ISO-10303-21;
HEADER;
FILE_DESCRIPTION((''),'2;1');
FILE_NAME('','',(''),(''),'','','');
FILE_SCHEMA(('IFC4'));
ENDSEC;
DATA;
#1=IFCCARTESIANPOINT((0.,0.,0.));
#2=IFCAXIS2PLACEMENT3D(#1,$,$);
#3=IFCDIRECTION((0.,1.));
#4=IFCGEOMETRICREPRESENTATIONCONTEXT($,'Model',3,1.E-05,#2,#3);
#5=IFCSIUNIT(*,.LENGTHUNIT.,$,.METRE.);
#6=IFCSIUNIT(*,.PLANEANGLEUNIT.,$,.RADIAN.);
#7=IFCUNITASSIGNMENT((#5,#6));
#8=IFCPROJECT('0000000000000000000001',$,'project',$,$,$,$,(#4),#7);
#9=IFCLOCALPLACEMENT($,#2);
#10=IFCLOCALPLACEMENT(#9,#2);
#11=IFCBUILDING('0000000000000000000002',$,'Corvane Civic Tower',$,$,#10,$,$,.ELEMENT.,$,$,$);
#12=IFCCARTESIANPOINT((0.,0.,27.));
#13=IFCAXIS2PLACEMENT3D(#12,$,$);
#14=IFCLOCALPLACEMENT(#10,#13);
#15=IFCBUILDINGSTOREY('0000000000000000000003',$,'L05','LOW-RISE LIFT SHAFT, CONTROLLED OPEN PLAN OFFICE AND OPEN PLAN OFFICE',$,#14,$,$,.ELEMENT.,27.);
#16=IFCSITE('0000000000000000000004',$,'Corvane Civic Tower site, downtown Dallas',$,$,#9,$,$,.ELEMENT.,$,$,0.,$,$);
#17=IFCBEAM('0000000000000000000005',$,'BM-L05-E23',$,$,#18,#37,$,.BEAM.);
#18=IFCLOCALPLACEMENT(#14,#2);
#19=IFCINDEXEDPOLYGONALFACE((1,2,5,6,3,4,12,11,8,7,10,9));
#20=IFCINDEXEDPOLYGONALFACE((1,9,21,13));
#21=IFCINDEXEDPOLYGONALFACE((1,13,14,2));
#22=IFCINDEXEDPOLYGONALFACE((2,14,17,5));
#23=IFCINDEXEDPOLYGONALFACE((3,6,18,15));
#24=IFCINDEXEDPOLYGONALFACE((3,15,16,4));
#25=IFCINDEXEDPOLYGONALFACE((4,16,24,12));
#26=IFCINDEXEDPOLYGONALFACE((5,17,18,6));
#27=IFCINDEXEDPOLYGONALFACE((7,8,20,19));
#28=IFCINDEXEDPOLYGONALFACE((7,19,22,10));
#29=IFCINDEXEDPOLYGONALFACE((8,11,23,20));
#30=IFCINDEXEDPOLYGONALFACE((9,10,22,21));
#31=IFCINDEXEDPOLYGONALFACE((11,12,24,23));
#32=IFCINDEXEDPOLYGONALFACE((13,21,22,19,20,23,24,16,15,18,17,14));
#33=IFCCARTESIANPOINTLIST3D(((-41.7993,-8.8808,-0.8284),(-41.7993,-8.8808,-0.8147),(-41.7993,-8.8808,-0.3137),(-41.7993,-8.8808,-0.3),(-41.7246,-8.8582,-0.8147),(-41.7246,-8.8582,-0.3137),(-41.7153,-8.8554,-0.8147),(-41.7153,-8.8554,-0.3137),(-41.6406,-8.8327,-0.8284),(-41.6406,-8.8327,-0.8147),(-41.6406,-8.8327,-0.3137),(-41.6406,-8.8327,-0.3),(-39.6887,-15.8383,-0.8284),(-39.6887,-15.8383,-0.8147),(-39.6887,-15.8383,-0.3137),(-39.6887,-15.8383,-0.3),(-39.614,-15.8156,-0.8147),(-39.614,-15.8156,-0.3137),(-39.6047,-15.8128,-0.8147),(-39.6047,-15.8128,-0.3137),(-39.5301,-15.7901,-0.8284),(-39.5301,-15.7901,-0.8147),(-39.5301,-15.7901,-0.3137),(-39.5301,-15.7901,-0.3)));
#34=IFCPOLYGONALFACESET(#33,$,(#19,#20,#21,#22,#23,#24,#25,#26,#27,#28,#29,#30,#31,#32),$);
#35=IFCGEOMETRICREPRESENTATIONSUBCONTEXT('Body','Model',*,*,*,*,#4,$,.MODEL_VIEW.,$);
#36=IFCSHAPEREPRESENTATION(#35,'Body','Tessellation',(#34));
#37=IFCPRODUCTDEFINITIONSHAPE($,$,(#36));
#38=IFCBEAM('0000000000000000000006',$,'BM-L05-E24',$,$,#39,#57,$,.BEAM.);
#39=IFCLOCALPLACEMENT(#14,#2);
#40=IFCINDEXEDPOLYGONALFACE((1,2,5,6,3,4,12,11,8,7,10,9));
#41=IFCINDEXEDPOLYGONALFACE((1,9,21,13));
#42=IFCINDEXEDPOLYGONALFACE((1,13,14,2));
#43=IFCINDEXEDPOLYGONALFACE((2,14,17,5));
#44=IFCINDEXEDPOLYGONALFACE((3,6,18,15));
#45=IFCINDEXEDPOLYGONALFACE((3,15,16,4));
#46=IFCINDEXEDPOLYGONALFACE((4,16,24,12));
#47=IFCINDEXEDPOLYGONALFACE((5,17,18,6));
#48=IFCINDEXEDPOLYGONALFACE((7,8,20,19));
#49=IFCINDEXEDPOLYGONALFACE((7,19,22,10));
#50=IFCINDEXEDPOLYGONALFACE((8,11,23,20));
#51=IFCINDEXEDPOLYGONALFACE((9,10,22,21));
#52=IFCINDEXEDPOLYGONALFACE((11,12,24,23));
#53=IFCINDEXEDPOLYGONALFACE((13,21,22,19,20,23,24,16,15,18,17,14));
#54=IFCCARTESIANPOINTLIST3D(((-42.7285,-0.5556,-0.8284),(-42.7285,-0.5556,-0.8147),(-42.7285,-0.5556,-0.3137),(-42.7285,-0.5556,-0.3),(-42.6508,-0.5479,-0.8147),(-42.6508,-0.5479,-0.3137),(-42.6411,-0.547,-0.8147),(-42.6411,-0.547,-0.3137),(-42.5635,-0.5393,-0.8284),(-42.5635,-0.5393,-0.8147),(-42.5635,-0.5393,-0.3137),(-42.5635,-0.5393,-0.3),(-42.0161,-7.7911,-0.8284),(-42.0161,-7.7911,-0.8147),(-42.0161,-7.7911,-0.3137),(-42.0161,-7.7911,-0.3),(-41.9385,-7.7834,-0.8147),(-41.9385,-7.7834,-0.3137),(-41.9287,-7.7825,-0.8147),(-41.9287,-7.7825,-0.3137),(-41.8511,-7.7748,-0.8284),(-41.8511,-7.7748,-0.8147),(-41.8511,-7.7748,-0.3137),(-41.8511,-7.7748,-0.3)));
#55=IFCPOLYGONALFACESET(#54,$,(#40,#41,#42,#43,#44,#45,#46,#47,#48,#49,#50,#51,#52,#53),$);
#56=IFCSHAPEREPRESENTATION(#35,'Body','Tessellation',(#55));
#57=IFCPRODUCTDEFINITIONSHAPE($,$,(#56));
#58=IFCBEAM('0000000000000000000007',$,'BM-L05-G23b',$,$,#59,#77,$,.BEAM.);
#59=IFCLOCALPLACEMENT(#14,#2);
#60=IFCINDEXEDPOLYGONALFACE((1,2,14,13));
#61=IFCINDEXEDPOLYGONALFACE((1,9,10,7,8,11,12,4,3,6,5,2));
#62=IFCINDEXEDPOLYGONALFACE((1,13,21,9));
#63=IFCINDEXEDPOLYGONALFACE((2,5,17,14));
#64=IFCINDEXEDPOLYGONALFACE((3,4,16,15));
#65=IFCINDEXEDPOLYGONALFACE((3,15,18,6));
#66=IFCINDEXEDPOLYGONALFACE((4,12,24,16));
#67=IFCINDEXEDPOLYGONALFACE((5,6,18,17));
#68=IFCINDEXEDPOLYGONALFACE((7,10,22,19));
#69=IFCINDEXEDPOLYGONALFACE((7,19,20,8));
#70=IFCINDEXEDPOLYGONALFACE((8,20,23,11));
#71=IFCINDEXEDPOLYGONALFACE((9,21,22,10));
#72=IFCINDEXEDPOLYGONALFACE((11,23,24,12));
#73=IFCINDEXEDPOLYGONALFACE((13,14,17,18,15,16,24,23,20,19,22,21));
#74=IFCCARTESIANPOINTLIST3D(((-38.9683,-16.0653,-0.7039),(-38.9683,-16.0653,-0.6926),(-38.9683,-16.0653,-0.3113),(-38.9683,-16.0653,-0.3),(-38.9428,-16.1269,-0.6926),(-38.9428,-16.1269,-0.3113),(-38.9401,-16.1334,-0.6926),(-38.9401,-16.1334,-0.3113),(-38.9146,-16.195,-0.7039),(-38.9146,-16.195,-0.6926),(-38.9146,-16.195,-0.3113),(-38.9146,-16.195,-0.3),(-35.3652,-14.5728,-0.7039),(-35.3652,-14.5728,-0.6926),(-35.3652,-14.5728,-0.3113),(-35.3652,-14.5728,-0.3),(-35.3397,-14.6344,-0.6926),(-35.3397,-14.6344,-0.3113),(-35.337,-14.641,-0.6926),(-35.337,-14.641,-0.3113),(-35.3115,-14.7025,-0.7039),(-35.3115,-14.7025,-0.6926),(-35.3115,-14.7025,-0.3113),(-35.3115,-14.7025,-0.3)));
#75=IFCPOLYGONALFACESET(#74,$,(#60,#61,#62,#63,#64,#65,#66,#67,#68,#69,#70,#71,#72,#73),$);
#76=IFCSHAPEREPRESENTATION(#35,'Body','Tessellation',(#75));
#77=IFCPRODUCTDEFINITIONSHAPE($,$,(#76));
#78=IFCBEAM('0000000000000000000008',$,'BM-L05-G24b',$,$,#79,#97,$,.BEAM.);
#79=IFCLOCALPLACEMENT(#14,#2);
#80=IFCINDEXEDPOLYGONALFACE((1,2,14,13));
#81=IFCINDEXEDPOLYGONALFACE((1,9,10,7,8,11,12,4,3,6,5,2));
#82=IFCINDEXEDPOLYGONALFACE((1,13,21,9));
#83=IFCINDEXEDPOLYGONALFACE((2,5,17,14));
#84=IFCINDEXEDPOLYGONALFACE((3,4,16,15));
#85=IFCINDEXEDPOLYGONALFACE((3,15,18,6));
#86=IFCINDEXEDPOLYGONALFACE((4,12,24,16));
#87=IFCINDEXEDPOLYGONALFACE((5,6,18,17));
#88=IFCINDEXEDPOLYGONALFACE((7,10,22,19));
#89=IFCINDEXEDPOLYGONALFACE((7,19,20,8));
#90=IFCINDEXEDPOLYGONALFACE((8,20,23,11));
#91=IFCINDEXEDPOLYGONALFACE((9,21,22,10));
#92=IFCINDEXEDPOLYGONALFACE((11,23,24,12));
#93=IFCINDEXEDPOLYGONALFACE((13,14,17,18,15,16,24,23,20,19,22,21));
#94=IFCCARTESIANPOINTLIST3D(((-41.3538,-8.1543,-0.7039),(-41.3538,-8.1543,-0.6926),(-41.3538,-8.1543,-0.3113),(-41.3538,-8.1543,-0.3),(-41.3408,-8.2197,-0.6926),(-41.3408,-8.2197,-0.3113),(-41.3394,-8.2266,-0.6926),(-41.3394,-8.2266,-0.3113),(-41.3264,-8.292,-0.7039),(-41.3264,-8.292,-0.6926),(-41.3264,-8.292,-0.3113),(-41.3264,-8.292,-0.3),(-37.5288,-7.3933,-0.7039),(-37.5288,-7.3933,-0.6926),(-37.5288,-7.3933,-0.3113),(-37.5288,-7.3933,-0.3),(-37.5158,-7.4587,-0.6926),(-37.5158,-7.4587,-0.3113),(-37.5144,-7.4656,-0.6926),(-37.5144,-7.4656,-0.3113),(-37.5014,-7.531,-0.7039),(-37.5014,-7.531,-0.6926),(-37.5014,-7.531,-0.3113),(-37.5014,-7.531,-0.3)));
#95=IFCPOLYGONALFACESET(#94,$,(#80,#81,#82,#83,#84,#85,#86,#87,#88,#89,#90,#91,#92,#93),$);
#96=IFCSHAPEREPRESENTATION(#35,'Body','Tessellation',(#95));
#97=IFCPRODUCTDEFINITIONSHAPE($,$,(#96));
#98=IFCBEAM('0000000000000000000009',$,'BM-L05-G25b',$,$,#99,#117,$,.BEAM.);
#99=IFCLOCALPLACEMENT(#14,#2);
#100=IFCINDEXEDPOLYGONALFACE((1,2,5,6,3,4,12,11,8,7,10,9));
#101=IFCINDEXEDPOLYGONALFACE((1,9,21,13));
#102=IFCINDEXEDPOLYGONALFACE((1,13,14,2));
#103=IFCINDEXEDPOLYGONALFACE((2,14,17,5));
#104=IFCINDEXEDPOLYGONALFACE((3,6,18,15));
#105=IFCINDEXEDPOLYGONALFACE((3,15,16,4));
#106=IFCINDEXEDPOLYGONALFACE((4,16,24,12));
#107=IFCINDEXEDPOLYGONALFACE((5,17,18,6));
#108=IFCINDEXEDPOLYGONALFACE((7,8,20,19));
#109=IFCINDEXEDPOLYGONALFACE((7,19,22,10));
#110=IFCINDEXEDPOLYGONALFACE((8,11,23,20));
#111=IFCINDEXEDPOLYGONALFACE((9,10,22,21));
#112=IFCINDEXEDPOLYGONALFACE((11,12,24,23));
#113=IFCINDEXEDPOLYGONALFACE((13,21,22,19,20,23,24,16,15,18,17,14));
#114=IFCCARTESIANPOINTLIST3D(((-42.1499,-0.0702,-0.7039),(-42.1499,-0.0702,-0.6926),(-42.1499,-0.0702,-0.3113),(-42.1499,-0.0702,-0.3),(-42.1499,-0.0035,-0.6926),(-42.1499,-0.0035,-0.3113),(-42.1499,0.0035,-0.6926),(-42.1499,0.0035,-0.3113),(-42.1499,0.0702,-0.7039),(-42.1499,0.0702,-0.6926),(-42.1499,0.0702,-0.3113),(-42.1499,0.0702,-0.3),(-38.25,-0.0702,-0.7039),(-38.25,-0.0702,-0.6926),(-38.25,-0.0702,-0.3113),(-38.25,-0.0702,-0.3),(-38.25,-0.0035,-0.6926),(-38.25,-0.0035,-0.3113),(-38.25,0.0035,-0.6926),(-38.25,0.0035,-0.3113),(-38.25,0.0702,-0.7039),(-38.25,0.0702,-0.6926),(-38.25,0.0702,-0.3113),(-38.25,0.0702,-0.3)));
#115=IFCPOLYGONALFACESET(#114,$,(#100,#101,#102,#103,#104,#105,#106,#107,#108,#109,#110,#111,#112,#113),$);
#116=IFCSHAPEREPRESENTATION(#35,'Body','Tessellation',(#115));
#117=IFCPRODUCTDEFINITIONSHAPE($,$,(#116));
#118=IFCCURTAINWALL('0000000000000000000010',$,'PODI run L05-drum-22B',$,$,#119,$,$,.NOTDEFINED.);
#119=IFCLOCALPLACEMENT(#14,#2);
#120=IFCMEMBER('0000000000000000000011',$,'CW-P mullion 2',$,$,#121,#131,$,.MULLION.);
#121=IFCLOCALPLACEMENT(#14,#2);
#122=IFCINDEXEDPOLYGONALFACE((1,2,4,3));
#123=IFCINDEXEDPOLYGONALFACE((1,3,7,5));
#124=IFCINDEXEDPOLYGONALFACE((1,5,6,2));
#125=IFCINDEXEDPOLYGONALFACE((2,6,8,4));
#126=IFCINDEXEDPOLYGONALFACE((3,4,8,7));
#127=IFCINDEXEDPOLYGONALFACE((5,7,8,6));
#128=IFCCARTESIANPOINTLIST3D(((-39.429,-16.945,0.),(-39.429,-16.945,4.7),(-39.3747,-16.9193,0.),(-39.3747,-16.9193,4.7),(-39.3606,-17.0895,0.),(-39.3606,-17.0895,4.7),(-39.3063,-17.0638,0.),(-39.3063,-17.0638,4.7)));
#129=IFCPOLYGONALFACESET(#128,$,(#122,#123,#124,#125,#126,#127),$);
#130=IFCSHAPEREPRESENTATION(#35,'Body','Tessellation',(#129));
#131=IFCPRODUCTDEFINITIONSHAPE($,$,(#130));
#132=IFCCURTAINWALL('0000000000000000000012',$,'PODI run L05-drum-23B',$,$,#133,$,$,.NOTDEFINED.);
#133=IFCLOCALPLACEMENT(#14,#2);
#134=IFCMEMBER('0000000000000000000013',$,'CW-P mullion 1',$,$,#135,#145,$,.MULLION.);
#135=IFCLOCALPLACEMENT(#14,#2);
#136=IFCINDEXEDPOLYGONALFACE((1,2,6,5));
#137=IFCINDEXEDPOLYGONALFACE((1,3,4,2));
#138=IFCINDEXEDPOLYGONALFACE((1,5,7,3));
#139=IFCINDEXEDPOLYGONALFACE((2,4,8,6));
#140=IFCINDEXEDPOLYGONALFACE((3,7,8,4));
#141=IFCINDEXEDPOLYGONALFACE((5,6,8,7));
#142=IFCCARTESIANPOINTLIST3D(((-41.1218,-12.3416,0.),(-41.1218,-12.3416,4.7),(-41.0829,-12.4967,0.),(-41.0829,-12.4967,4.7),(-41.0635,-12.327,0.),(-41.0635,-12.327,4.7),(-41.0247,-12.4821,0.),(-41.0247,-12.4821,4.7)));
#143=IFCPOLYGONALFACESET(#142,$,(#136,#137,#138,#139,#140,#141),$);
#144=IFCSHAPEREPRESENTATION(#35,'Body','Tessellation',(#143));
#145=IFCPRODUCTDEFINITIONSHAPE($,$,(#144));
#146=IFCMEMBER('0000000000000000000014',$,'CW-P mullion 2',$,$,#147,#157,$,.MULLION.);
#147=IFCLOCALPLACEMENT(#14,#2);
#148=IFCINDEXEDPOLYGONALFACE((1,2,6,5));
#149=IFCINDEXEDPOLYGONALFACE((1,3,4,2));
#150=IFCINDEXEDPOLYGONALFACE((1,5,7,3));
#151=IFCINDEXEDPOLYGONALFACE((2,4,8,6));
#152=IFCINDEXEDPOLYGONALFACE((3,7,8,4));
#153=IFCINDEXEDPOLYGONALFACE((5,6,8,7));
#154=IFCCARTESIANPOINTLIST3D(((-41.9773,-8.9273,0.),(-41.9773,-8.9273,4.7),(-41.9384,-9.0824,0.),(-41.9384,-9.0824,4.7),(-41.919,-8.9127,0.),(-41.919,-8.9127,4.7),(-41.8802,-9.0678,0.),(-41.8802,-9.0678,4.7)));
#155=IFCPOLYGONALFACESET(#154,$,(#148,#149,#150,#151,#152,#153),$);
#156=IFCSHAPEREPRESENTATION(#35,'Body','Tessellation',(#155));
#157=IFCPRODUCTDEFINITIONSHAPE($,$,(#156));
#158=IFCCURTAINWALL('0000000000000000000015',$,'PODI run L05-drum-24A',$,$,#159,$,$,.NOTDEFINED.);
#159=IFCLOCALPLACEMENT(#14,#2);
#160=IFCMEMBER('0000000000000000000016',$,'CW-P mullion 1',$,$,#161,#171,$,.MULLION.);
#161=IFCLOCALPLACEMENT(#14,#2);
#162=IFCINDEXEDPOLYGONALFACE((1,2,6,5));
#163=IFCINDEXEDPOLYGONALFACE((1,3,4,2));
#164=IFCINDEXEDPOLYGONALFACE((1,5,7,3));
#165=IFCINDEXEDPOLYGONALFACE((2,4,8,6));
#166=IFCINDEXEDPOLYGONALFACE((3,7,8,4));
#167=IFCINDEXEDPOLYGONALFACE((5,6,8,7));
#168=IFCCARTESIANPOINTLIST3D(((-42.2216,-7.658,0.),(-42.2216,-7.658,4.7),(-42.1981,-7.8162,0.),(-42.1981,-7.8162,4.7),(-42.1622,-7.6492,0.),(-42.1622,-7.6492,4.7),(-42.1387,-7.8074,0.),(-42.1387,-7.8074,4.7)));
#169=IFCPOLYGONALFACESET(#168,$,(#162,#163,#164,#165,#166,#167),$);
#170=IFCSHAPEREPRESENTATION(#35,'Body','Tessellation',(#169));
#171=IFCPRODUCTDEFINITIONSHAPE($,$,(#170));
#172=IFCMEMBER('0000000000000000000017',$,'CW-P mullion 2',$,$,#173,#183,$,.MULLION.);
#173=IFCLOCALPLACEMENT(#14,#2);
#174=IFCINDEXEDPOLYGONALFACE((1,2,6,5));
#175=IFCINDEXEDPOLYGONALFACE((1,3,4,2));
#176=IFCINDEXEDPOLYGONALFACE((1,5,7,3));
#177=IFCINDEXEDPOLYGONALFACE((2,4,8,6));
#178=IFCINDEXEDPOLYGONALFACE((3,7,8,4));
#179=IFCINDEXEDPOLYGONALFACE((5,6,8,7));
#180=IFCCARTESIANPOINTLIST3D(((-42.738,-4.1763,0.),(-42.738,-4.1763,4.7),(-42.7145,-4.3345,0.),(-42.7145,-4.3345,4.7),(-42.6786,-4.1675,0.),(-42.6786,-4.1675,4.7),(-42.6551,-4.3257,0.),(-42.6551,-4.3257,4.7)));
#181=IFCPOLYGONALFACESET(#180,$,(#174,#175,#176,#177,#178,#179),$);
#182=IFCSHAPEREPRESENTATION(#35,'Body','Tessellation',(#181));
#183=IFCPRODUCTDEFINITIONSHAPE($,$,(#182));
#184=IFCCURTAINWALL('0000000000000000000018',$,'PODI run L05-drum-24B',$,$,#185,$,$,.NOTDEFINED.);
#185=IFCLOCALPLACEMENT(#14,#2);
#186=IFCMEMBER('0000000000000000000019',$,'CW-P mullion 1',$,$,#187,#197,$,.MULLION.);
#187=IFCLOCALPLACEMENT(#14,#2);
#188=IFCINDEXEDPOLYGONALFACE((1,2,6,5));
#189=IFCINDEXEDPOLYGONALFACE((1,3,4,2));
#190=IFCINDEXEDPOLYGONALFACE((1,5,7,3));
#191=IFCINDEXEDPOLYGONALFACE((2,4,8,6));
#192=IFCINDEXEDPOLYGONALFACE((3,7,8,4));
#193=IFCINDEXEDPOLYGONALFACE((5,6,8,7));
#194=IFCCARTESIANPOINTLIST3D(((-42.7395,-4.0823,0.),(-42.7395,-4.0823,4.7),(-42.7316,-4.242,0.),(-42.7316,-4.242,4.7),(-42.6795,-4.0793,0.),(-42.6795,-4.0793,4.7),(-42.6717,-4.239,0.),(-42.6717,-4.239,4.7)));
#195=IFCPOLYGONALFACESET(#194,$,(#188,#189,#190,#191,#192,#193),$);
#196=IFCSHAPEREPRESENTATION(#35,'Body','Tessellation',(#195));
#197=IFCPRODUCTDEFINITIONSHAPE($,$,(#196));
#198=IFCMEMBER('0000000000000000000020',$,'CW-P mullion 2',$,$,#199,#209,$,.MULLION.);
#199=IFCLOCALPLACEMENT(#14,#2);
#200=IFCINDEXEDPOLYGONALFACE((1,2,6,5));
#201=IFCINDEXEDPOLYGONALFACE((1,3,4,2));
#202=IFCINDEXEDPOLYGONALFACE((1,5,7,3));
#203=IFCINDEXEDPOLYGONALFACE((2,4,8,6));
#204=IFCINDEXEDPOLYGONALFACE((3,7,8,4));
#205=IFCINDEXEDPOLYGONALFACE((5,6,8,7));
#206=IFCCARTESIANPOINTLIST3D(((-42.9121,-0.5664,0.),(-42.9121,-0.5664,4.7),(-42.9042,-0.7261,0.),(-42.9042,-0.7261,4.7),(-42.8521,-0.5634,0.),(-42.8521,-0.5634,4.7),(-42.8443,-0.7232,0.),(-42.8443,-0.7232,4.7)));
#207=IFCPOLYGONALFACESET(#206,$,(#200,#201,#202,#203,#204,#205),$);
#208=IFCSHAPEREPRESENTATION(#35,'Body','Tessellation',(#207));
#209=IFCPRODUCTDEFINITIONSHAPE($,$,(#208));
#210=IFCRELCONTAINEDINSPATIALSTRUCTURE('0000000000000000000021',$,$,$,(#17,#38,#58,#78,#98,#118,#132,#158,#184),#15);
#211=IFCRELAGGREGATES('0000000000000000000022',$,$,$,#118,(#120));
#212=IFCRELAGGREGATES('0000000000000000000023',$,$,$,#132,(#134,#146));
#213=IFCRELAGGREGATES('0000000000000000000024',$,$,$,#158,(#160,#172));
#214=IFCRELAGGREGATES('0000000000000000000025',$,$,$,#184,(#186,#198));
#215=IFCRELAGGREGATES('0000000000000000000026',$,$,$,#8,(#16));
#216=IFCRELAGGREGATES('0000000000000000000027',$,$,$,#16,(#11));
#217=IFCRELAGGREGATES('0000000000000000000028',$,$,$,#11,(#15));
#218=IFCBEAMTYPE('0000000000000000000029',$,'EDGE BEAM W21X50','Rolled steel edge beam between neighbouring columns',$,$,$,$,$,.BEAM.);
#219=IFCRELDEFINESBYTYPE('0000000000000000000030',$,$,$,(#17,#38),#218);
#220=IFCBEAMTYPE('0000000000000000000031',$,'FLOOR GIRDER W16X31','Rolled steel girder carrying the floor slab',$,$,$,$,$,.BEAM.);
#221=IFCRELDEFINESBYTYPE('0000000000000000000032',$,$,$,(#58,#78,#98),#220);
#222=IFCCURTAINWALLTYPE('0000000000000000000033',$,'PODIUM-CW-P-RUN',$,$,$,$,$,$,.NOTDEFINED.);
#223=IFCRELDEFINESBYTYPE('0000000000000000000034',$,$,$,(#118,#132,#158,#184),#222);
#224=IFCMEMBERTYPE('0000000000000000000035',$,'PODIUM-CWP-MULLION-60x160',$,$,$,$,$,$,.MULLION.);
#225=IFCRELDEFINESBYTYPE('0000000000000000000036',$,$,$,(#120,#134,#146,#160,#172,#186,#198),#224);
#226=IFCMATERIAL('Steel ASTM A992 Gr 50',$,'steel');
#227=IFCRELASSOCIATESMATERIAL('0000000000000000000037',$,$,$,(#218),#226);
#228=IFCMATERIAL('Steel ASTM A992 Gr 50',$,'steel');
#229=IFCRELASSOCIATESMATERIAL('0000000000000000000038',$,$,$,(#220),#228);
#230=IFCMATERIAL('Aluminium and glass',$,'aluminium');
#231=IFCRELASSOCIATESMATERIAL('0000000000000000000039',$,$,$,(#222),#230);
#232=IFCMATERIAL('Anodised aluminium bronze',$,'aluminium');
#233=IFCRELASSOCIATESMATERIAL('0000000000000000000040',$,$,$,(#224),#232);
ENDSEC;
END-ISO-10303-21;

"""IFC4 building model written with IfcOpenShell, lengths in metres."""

from ifc_helpers import new_model, si_unit, direction, frame, origin, origin_2d, place, context, subcontext, project, spatial, rectangle, i_section, extrude, material, material_profile, profile_set, type_object, element, aggregate, save


model = new_model("IFC4")

# Units and contexts
model_context = context("Model", 3, precision=1e-05, world=origin(), true_north=direction((0.0, 1.0)))
body_context = subcontext(model_context, "Body", "Model", "MODEL_VIEW")
ifc_project = project(units=[si_unit("LENGTHUNIT", "METRE"), si_unit("PLANEANGLEUNIT", "RADIAN")], contexts=[model_context])

# Site, building, storey
site_placement = place(None, origin())
site = spatial("IfcSite", under=ifc_project, at=site_placement, Name="Corvane Civic Tower site, downtown Dallas", CompositionType="ELEMENT", RefElevation=0.0)
building_placement = place(site_placement, origin())
building = spatial("IfcBuilding", under=site, at=building_placement, Name="Corvane Civic Tower", CompositionType="ELEMENT")
storey_placement = place(building_placement, frame((0.0, 0.0, 27.0)))
storey = spatial("IfcBuildingStorey", under=building, at=storey_placement, Name="L05", Description="LOW-RISE LIFT SHAFT, CONTROLLED OPEN PLAN OFFICE AND OPEN PLAN OFFICE", CompositionType="ELEMENT", Elevation=27.0)

# Beams
ifc_material_1 = material(Name="Steel ASTM A992 Gr 50", Category="steel")
ifc_material_profile_1 = material_profile(ifc_material_1, i_section(OverallWidth=0.1658, OverallDepth=0.5283, WebThickness=0.0098, FlangeThickness=0.0137, at=origin_2d()), Name="W21X50")
ifc_profile_set_1 = profile_set([ifc_material_profile_1], Name="Steel ASTM A992 Gr 50")
beam_type_1 = type_object("IfcBeamType", Name="EDGE BEAM W21X50", Description="Rolled steel edge beam between neighbouring columns", PredefinedType="BEAM", material=ifc_profile_set_1)
for number, where, z_axis, x_axis, name in (
    (1, (-39.6094, -15.8142, -0.5642), (-0.290292, 0.956938, 0.0), (-0.956938, -0.290292, 0.0), "BM-L05-E23"),
    (2, (-41.9336, -7.783, -0.5642), (-0.097984, 0.995188, 0.0), (-0.995188, -0.097984, 0.0), "BM-L05-E24"),
):
    element("IfcBeam", number, at=place(storey_placement, frame(where, z_axis=z_axis, x_axis=x_axis)), inside=storey, type_object=beam_type_1, Name=name, PredefinedType="BEAM", context=body_context, shape_type="SweptSolid", body=[
        extrude(i_section(OverallWidth=0.1658, OverallDepth=0.5283, WebThickness=0.0098, FlangeThickness=0.0137, at=origin_2d()), origin(), (0.0, 0.0, 1.0), 7.2705),
    ])
ifc_material_2 = material(Name="Steel ASTM A992 Gr 50", Category="steel")
ifc_material_profile_2 = material_profile(ifc_material_2, i_section(OverallWidth=0.1404, OverallDepth=0.4038, WebThickness=0.0071, FlangeThickness=0.0112, at=origin_2d()), Name="W16X31")
ifc_profile_set_2 = profile_set([ifc_material_profile_2], Name="Steel ASTM A992 Gr 50")
beam_type_2 = type_object("IfcBeamType", Name="FLOOR GIRDER W16X31", Description="Rolled steel girder carrying the floor slab", PredefinedType="BEAM", material=ifc_profile_set_2)
for number, where, z_axis, x_axis, name in (
    (3, (-35.3384, -14.6377, -0.502), (-0.923879, -0.382685, 0.0), (0.382685, -0.923879, 0.0), "BM-L05-G23b"),
    (4, (-37.5151, -7.4622, -0.502), (-0.980778, -0.195129, 0.0), (0.195129, -0.980778, 0.0), "BM-L05-G24b"),
    (5, (-38.25, 0.0, -0.502), (-1.0, 0.0, 0.0), (0.0, -1.0, 0.0), "BM-L05-G25b"),
):
    element("IfcBeam", number, at=place(storey_placement, frame(where, z_axis=z_axis, x_axis=x_axis)), inside=storey, type_object=beam_type_2, Name=name, PredefinedType="BEAM", context=body_context, shape_type="SweptSolid", body=[
        extrude(i_section(OverallWidth=0.1404, OverallDepth=0.4038, WebThickness=0.0071, FlangeThickness=0.0112, at=origin_2d()), origin(), (0.0, 0.0, 1.0), 3.8999),
    ])

# Curtain wall, member
ifc_material_3 = material(Name="Aluminium and glass", Category="aluminium")
curtain_wall_type = type_object("IfcCurtainWallType", Name="PODIUM-CW-P-RUN", PredefinedType="NOTDEFINED", material=ifc_material_3)
curtain_wall_1_placement = place(storey_placement, origin())
curtain_wall_1 = element("IfcCurtainWall", 6, at=curtain_wall_1_placement, inside=storey, type_object=curtain_wall_type, Name="PODI run L05-drum-22B", PredefinedType="NOTDEFINED")
ifc_material_4 = material(Name="Anodised aluminium bronze", Category="aluminium")
ifc_material_profile_3 = material_profile(ifc_material_4, rectangle(XDim=0.0601, YDim=0.1599, at=origin_2d()), Name="AL 60x160")
ifc_profile_set_3 = profile_set([ifc_material_profile_3], Name="Anodised aluminium bronze")
member_type_1 = type_object("IfcMemberType", Name="PODIUM-CWP-MULLION-60x160", PredefinedType="MULLION", material=ifc_profile_set_3)
member_1_placement = place(storey_placement, frame((-39.3677, -17.0044, 0.0), z_axis=(0.0, 0.0, 1.0), x_axis=(-0.90399, -0.427553, 0.0)))
member_1 = element("IfcMember", 7, at=member_1_placement, type_object=member_type_1, Name="CW-P mullion 2", PredefinedType="MULLION", context=body_context, shape_type="SweptSolid", body=[
    extrude(rectangle(XDim=0.0601, YDim=0.1599, at=origin_2d()), origin(), (0.0, 0.0, 1.0), 4.7),
])
aggregate(curtain_wall_1, [member_1])

# Curtain walls, members
curtain_wall_2_placement = place(storey_placement, origin())
curtain_wall_2 = element("IfcCurtainWall", 8, at=curtain_wall_2_placement, inside=storey, type_object=curtain_wall_type, Name="PODI run L05-drum-23B", PredefinedType="NOTDEFINED")
member_2_placement = place(storey_placement, frame((-41.0732, -12.4119, 0.0), z_axis=(0.0, 0.0, 1.0), x_axis=(-0.970024, -0.243009, 0.0)))
member_2 = element("IfcMember", 9, at=member_2_placement, type_object=member_type_1, Name="CW-P mullion 1", PredefinedType="MULLION", context=body_context, shape_type="SweptSolid", body=[
    extrude(rectangle(XDim=0.0601, YDim=0.1599, at=origin_2d()), origin(), (0.0, 0.0, 1.0), 4.7),
])
member_3_placement = place(storey_placement, frame((-41.9287, -8.9976, 0.0), z_axis=(0.0, 0.0, 1.0), x_axis=(-0.970024, -0.243009, 0.0)))
member_3 = element("IfcMember", 10, at=member_3_placement, type_object=member_type_1, Name="CW-P mullion 2", PredefinedType="MULLION", context=body_context, shape_type="SweptSolid", body=[
    extrude(rectangle(XDim=0.0601, YDim=0.1599, at=origin_2d()), origin(), (0.0, 0.0, 1.0), 4.7),
])
curtain_wall_3_placement = place(storey_placement, origin())
curtain_wall_3 = element("IfcCurtainWall", 11, at=curtain_wall_3_placement, inside=storey, type_object=curtain_wall_type, Name="PODI run L05-drum-24A", PredefinedType="NOTDEFINED")
member_4_placement = place(storey_placement, frame((-42.1802, -7.7327, 0.0), z_axis=(0.0, 0.0, 1.0), x_axis=(-0.989179, -0.146715, 0.0)))
member_4 = element("IfcMember", 12, at=member_4_placement, type_object=member_type_1, Name="CW-P mullion 1", PredefinedType="MULLION", context=body_context, shape_type="SweptSolid", body=[
    extrude(rectangle(XDim=0.0601, YDim=0.1599, at=origin_2d()), origin(), (0.0, 0.0, 1.0), 4.7),
])
member_5_placement = place(storey_placement, frame((-42.6965, -4.251, 0.0), z_axis=(0.0, 0.0, 1.0), x_axis=(-0.989179, -0.146715, 0.0)))
member_5 = element("IfcMember", 13, at=member_5_placement, type_object=member_type_1, Name="CW-P mullion 2", PredefinedType="MULLION", context=body_context, shape_type="SweptSolid", body=[
    extrude(rectangle(XDim=0.0601, YDim=0.1599, at=origin_2d()), origin(), (0.0, 0.0, 1.0), 4.7),
])
curtain_wall_4_placement = place(storey_placement, origin())
curtain_wall_4 = element("IfcCurtainWall", 14, at=curtain_wall_4_placement, inside=storey, type_object=curtain_wall_type, Name="PODI run L05-drum-24B", PredefinedType="NOTDEFINED")
member_6_placement = place(storey_placement, frame((-42.7056, -4.1606, 0.0), z_axis=(0.0, 0.0, 1.0), x_axis=(-0.998796, -0.04905, 0.0)))
member_6 = element("IfcMember", 15, at=member_6_placement, type_object=member_type_1, Name="CW-P mullion 1", PredefinedType="MULLION", context=body_context, shape_type="SweptSolid", body=[
    extrude(rectangle(XDim=0.0601, YDim=0.1599, at=origin_2d()), origin(), (0.0, 0.0, 1.0), 4.7),
])
member_7_placement = place(storey_placement, frame((-42.8782, -0.6448, 0.0), z_axis=(0.0, 0.0, 1.0), x_axis=(-0.998796, -0.04905, 0.0)))
member_7 = element("IfcMember", 16, at=member_7_placement, type_object=member_type_1, Name="CW-P mullion 2", PredefinedType="MULLION", context=body_context, shape_type="SweptSolid", body=[
    extrude(rectangle(XDim=0.0601, YDim=0.1599, at=origin_2d()), origin(), (0.0, 0.0, 1.0), 4.7),
])

aggregate(curtain_wall_2, [member_2, member_3])
aggregate(curtain_wall_3, [member_4, member_5])
aggregate(curtain_wall_4, [member_6, member_7])

save(model, "model.ifc")
